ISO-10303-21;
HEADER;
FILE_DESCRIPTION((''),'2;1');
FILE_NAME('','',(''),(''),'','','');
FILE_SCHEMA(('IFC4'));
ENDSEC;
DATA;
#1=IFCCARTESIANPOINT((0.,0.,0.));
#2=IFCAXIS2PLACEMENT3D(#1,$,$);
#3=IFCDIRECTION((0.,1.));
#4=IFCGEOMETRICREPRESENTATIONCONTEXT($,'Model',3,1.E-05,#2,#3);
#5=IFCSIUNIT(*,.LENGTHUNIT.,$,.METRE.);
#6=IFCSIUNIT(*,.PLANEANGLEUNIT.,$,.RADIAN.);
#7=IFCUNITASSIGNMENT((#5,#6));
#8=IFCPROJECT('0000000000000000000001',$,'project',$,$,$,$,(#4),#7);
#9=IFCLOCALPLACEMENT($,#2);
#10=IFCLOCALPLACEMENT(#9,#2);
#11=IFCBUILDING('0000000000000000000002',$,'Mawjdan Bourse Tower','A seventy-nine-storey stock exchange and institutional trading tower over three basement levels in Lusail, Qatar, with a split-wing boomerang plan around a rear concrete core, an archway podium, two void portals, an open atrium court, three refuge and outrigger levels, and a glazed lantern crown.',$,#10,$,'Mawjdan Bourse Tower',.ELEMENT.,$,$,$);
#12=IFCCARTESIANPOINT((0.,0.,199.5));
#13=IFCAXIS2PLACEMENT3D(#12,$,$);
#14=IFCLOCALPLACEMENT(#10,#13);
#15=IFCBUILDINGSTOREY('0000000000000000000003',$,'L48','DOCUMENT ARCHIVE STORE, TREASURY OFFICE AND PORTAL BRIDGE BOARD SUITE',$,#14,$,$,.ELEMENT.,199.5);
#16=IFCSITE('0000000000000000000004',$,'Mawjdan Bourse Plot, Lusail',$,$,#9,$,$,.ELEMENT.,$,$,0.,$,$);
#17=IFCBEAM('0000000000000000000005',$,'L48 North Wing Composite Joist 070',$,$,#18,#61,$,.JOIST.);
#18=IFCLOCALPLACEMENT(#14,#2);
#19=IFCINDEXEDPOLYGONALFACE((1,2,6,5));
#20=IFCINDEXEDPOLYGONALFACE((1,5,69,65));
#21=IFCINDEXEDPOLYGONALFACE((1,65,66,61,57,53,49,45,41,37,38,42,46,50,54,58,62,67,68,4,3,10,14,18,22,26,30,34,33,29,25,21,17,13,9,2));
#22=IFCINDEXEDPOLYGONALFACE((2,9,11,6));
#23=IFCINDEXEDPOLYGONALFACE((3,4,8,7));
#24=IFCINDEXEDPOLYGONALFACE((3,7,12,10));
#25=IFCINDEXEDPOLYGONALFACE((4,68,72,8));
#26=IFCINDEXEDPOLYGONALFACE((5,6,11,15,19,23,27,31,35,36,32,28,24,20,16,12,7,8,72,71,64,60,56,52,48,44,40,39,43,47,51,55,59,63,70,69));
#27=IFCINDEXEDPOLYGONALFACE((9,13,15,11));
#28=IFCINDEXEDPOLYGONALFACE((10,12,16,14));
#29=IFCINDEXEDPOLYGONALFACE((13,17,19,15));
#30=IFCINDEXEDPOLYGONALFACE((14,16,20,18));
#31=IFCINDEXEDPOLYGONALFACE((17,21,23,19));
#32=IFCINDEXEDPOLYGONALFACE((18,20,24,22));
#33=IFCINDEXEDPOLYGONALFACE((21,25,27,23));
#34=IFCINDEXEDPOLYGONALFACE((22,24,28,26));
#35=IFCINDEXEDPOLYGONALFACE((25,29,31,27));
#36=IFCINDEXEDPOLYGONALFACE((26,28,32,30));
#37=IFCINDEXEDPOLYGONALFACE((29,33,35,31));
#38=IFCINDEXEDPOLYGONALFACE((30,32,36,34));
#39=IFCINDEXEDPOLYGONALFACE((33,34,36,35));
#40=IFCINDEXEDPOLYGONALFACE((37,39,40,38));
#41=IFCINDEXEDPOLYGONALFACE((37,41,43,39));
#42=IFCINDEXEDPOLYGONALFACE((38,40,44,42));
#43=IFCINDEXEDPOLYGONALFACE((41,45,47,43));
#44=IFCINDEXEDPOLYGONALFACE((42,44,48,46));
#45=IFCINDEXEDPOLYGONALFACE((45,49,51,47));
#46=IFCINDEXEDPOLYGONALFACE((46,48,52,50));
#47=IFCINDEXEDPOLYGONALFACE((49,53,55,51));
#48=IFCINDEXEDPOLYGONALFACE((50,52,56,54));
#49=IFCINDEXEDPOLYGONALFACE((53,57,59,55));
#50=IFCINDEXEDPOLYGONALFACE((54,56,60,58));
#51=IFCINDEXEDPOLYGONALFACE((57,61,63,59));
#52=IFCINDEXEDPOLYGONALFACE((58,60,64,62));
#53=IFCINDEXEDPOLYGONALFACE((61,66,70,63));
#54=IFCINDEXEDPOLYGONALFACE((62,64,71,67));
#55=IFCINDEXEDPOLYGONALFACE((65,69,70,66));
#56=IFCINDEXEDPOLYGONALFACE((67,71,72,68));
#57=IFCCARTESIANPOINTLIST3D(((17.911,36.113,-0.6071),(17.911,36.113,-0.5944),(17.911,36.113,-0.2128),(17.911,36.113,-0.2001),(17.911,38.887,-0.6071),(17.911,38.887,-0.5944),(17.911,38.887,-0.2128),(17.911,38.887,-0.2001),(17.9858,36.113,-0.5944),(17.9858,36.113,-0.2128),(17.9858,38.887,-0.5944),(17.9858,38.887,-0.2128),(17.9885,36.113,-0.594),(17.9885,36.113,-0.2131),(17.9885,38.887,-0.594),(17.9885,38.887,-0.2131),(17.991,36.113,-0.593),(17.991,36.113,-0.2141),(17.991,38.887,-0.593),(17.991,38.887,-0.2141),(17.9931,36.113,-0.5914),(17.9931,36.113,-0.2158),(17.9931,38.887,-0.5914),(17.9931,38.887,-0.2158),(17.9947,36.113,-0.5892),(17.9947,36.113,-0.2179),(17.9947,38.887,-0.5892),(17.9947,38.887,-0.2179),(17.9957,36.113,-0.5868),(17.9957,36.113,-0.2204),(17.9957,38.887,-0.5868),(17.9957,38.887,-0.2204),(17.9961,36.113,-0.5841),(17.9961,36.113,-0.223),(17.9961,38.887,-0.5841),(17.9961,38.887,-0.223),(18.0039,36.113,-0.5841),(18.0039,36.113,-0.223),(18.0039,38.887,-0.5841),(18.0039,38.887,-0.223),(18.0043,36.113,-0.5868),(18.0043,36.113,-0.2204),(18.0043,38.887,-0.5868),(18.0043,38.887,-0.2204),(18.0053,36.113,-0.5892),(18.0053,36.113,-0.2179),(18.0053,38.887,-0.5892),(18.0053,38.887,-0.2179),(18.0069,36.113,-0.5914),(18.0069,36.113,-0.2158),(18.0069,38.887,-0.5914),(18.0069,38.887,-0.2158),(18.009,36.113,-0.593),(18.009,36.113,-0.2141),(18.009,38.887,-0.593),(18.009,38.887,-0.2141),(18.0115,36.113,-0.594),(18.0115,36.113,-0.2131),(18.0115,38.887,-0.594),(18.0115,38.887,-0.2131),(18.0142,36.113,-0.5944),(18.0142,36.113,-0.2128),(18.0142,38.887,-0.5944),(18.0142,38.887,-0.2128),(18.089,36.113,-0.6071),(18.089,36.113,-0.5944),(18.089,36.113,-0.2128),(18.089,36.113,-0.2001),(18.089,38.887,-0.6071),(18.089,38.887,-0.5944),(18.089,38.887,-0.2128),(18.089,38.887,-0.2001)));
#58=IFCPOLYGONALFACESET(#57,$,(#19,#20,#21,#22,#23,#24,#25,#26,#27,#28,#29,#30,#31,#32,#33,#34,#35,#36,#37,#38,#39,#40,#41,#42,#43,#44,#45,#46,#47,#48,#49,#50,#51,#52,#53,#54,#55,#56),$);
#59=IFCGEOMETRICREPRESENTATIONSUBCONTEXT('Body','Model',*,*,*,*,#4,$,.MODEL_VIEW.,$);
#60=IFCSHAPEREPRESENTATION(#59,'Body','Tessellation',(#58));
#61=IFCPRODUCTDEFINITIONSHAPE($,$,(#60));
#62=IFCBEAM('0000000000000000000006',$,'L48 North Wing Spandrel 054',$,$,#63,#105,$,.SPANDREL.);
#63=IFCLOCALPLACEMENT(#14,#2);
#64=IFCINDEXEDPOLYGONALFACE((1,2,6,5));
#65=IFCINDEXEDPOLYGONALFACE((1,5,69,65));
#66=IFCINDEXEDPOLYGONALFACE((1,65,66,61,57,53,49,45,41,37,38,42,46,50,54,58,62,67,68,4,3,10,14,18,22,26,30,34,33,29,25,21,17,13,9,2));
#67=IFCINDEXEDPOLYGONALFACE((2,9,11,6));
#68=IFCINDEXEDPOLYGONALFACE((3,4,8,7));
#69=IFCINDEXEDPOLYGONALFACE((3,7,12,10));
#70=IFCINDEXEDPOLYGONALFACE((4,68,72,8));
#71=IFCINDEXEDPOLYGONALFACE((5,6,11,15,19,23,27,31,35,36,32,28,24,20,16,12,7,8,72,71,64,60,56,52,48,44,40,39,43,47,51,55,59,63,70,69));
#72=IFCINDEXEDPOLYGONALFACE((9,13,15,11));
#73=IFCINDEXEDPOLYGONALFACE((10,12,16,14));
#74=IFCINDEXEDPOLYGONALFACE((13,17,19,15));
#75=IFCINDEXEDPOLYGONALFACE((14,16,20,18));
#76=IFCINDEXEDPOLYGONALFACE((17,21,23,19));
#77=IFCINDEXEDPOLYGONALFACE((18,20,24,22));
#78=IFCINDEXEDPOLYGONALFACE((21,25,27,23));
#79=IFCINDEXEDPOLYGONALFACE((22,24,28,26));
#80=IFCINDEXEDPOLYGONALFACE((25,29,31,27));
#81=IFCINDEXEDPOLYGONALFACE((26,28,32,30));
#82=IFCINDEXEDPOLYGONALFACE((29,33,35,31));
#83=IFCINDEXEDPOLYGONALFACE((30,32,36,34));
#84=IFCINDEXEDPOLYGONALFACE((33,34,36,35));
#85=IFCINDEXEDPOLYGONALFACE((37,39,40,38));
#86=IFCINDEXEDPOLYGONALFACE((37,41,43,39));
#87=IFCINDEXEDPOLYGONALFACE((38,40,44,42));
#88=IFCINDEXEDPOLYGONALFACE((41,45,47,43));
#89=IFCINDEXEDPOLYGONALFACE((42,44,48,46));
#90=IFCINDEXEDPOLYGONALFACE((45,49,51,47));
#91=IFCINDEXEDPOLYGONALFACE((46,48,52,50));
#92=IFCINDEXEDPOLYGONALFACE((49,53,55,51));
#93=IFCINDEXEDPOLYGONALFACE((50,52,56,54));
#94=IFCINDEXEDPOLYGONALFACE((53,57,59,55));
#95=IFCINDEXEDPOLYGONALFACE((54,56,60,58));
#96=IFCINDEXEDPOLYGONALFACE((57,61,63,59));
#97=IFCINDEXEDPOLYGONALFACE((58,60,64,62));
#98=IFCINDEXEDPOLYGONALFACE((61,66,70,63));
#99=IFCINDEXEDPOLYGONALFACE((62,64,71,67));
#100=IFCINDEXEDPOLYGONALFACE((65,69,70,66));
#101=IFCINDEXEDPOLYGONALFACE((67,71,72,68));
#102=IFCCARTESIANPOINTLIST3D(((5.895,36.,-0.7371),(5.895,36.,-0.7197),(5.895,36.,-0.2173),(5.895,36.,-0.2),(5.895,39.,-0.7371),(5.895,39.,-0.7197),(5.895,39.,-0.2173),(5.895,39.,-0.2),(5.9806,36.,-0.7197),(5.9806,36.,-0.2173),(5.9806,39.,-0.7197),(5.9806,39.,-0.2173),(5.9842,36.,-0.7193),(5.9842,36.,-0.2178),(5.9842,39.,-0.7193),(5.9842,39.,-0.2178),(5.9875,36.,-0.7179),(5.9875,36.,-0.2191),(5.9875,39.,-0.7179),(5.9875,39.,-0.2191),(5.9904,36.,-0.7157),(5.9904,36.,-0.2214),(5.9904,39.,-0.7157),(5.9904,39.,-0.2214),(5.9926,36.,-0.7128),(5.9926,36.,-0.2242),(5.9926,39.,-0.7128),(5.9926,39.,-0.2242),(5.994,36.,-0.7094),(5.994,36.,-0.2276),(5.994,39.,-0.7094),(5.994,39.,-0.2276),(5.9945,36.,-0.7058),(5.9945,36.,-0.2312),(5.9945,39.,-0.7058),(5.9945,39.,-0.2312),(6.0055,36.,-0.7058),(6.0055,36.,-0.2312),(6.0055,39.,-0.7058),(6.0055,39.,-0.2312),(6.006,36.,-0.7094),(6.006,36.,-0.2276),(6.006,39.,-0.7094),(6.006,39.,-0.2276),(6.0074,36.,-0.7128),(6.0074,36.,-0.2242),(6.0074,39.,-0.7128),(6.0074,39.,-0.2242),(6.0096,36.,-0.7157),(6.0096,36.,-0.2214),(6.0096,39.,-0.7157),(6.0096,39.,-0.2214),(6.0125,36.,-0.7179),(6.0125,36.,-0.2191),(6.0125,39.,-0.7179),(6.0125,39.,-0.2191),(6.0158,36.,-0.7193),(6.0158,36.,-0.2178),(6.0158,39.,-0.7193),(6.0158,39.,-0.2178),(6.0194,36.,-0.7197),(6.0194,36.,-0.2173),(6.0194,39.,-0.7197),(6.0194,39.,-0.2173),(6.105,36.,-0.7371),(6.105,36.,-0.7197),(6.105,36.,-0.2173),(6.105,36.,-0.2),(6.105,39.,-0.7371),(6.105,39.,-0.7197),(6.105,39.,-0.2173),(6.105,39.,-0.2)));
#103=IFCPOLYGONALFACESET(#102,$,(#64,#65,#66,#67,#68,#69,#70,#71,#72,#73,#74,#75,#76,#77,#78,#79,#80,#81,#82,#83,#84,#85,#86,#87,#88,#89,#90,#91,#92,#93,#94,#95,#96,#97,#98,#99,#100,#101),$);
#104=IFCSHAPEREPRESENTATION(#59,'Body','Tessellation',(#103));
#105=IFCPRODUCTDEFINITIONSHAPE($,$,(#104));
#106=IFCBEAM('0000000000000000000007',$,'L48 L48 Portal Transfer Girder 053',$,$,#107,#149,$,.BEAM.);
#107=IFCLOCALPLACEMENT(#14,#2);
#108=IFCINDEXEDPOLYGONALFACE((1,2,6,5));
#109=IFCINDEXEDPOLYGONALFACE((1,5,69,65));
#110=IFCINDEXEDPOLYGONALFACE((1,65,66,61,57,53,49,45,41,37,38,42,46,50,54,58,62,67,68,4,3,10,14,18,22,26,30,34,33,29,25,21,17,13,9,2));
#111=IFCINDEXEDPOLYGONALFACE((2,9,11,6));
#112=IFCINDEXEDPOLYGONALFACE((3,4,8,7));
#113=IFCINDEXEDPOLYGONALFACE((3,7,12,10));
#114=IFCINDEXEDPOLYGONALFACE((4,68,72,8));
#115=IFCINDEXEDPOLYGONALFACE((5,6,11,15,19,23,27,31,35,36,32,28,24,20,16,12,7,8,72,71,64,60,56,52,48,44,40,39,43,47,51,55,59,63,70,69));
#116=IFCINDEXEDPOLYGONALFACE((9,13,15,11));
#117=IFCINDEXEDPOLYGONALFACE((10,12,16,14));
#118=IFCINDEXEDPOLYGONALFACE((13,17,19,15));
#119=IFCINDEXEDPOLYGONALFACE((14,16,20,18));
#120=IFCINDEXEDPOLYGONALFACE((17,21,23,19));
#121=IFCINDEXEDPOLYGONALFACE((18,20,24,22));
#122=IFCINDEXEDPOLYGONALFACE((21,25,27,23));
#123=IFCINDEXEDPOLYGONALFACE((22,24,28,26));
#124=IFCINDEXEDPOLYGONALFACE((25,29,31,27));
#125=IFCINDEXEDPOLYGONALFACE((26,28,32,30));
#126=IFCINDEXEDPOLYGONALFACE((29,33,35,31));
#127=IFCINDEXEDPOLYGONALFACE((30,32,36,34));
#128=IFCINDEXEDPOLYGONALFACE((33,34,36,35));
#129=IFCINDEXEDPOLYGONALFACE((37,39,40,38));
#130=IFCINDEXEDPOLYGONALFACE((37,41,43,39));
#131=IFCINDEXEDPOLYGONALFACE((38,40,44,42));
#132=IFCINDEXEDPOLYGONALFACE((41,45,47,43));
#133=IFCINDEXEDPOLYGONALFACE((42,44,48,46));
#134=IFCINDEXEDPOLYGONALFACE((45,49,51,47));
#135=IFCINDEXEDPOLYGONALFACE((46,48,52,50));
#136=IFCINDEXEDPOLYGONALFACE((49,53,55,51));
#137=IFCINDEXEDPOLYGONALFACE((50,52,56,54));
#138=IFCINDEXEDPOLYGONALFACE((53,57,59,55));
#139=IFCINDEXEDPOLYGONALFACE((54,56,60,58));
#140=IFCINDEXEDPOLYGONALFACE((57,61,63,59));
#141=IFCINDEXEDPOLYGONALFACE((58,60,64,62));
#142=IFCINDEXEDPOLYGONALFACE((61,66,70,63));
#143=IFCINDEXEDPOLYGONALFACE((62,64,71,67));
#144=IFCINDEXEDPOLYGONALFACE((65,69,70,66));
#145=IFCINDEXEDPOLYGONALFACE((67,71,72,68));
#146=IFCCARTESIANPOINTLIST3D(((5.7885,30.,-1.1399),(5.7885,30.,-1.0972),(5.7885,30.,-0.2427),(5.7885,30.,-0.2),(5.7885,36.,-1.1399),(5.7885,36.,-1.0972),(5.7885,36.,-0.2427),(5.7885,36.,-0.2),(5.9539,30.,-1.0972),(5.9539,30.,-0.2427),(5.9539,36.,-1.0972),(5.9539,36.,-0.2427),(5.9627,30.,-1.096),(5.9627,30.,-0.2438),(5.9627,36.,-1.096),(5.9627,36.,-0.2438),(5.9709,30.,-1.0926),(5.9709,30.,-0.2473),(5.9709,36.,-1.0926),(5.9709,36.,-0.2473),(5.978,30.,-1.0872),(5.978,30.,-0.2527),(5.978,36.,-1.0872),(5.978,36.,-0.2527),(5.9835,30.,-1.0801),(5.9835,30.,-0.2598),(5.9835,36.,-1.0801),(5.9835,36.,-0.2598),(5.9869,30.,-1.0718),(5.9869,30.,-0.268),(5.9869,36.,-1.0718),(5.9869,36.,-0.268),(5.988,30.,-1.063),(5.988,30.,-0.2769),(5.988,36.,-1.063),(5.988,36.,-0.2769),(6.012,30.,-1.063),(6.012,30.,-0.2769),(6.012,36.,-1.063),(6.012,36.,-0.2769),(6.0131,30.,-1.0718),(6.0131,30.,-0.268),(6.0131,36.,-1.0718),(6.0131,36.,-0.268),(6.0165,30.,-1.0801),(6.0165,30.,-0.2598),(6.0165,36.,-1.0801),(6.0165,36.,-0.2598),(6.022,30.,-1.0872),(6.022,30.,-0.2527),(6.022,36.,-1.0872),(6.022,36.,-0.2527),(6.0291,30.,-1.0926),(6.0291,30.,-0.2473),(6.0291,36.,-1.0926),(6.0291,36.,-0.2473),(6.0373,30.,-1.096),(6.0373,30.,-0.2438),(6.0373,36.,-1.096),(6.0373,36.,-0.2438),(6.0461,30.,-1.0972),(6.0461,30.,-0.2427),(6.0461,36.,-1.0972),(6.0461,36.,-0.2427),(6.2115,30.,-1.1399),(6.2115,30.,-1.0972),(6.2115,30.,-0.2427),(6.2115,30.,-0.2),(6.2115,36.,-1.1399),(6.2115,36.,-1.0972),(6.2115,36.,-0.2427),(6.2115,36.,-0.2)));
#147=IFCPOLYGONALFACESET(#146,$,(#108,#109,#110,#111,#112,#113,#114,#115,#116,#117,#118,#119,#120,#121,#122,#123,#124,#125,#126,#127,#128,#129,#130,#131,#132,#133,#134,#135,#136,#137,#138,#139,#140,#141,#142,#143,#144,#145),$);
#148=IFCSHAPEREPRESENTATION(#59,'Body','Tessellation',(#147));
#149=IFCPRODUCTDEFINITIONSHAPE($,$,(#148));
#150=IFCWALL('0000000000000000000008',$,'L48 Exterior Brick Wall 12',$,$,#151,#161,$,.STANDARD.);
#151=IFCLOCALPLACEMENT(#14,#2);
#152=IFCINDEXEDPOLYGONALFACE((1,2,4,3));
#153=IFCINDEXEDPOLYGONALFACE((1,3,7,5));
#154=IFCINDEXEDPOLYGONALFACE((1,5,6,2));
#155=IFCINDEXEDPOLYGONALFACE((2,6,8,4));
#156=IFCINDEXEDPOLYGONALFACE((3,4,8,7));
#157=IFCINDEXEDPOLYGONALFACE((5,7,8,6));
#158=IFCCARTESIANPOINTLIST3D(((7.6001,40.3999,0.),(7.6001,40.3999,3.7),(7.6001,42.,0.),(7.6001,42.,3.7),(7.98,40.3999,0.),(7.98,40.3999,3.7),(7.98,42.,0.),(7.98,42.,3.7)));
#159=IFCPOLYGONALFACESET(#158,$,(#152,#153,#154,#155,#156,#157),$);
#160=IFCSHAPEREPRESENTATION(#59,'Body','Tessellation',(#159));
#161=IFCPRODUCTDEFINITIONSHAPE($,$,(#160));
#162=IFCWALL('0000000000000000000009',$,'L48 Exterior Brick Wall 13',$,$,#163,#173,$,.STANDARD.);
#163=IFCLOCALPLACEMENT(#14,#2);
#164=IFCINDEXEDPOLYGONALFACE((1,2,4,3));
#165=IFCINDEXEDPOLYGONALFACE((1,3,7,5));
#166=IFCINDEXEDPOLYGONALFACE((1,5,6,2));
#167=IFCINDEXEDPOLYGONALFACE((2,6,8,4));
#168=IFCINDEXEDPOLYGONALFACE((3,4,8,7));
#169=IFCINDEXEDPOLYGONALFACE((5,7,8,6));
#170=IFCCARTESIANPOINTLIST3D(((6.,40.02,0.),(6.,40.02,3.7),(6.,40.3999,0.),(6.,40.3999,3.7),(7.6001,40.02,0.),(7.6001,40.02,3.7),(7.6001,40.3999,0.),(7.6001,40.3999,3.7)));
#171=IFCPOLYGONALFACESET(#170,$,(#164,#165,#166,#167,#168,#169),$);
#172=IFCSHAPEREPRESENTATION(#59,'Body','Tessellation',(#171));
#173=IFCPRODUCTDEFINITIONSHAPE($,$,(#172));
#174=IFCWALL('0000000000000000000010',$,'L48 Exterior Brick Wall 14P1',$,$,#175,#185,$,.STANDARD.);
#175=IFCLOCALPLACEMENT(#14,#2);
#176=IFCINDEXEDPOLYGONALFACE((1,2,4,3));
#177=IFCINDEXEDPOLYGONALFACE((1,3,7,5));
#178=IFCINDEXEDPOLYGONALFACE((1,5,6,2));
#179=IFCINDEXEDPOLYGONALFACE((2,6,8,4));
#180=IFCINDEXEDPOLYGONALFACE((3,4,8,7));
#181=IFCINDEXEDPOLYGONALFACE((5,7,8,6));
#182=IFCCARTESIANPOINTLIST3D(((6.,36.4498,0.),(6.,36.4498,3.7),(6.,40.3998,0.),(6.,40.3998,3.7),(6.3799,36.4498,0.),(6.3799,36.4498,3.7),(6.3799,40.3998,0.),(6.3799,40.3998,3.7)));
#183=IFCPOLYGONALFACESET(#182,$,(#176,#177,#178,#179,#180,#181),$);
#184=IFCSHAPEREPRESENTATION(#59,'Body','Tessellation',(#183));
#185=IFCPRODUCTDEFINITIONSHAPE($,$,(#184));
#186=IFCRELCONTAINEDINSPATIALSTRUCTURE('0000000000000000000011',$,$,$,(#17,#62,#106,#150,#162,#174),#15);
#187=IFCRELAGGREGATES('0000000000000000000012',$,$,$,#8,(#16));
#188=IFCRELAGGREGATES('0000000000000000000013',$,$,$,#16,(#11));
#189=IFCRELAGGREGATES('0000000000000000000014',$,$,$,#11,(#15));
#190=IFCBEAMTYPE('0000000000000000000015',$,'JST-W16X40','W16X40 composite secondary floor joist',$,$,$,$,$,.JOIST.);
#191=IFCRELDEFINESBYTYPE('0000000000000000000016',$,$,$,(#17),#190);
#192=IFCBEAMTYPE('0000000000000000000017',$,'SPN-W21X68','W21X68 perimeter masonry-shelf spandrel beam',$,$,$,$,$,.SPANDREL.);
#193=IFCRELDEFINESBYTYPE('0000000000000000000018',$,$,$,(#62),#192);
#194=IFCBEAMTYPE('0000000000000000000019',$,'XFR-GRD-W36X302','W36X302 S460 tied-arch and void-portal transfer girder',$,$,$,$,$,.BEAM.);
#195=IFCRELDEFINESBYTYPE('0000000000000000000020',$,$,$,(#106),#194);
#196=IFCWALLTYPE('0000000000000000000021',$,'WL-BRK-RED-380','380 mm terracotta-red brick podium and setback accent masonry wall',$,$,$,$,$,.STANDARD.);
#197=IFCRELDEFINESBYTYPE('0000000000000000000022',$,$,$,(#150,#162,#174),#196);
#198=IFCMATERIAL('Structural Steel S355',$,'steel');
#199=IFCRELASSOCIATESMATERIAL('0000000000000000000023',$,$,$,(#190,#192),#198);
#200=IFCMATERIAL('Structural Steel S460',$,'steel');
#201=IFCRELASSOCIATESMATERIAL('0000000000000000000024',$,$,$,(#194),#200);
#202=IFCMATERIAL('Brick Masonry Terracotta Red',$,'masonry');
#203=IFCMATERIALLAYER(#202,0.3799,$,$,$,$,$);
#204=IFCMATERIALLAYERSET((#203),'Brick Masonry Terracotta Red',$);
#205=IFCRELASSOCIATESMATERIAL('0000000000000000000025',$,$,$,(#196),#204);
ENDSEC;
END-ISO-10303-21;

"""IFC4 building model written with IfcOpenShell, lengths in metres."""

from ifc_helpers import new_model, si_unit, direction, frame, frame_2d, origin, origin_2d, place, context, subcontext, project, spatial, rectangle, i_section, extrude, material, layer, layer_set, material_profile, profile_set, type_object, element, save


model = new_model("IFC4")

# Units and contexts
model_context = context("Model", 3, precision=1e-05, world=origin(), true_north=direction((0.0, 1.0)))
body_context = subcontext(model_context, "Body", "Model", "MODEL_VIEW")
ifc_project = project(units=[si_unit("LENGTHUNIT", "METRE"), si_unit("PLANEANGLEUNIT", "RADIAN")], contexts=[model_context])

# Site, building, storey
site_placement = place(None, origin())
site = spatial("IfcSite", under=ifc_project, at=site_placement, Name="Mawjdan Bourse Plot, Lusail", CompositionType="ELEMENT", RefElevation=0.0)
building_placement = place(site_placement, origin())
building = spatial("IfcBuilding", under=site, at=building_placement, Name="Mawjdan Bourse Tower", Description="A seventy-nine-storey stock exchange and institutional trading tower over three basement levels in Lusail, Qatar, with a split-wing boomerang plan around a rear concrete core, an archway podium, two void portals, an open atrium court, three refuge and outrigger levels, and a glazed lantern crown.", LongName="Mawjdan Bourse Tower", CompositionType="ELEMENT")
storey_placement = place(building_placement, frame((0.0, 0.0, 199.5)))
storey = spatial("IfcBuildingStorey", under=building, at=storey_placement, Name="L48", Description="DOCUMENT ARCHIVE STORE, TREASURY OFFICE AND PORTAL BRIDGE BOARD SUITE", CompositionType="ELEMENT", Elevation=199.5)

# Shared definitions
ifc_material_1 = material(Name="Structural Steel S460", Category="steel")

# Beams
ifc_material_2 = material(Name="Structural Steel S355", Category="steel")
ifc_material_profile_1 = material_profile(ifc_material_2, i_section(OverallWidth=0.178, OverallDepth=0.407, WebThickness=0.0078, FlangeThickness=0.0127, FilletRadius=0.0103, at=origin_2d()), Name="W16X40")
ifc_profile_set_1 = profile_set([ifc_material_profile_1], Name="Structural Steel S355")
beam_type_1 = type_object("IfcBeamType", Name="JST-W16X40", Description="W16X40 composite secondary floor joist", PredefinedType="JOIST", material=ifc_profile_set_1)
beam_1_placement = place(storey_placement, frame((18.0, 36.113, -0.4036), z_axis=(0.0, 1.0, 0.0), x_axis=(-1.0, 0.0, 0.0)))
element("IfcBeam", 1, at=beam_1_placement, inside=storey, type_object=beam_type_1, Name="L48 North Wing Composite Joist 070", PredefinedType="JOIST", context=body_context, shape_type="SweptSolid", body=[
    extrude(i_section(OverallWidth=0.178, OverallDepth=0.407, WebThickness=0.0078, FlangeThickness=0.0127, FilletRadius=0.0103, at=origin_2d()), origin(), (0.0, 0.0, 1.0), 2.7739),
])
ifc_material_profile_2 = material_profile(ifc_material_2, i_section(OverallWidth=0.21, OverallDepth=0.5371, WebThickness=0.011, FlangeThickness=0.0173, FilletRadius=0.0139, at=origin_2d()), Name="W21X68")
ifc_profile_set_2 = profile_set([ifc_material_profile_2], Name="Structural Steel S355")
beam_type_2 = type_object("IfcBeamType", Name="SPN-W21X68", Description="W21X68 perimeter masonry-shelf spandrel beam", PredefinedType="SPANDREL", material=ifc_profile_set_2)
beam_2_placement = place(storey_placement, frame((6.0, 36.0, -0.4685), z_axis=(0.0, 1.0, 0.0), x_axis=(-1.0, 0.0, 0.0)))
element("IfcBeam", 2, at=beam_2_placement, inside=storey, type_object=beam_type_2, Name="L48 North Wing Spandrel 054", PredefinedType="SPANDREL", context=body_context, shape_type="SweptSolid", body=[
    extrude(i_section(OverallWidth=0.21, OverallDepth=0.5371, WebThickness=0.011, FlangeThickness=0.0173, FilletRadius=0.0139, at=origin_2d()), origin(), (0.0, 0.0, 1.0), 3.0),
])
ifc_material_profile_3 = material_profile(ifc_material_1, i_section(OverallWidth=0.4231, OverallDepth=0.9399, WebThickness=0.0239, FlangeThickness=0.0427, FilletRadius=0.0342, at=origin_2d()), Name="W36X302")
ifc_profile_set_3 = profile_set([ifc_material_profile_3], Name="Structural Steel S460")
beam_type_3 = type_object("IfcBeamType", Name="XFR-GRD-W36X302", Description="W36X302 S460 tied-arch and void-portal transfer girder", PredefinedType="BEAM", material=ifc_profile_set_3)
beam_3_placement = place(storey_placement, frame((6.0, 30.0, -0.6699), z_axis=(0.0, 1.0, 0.0), x_axis=(-1.0, 0.0, 0.0)))
element("IfcBeam", 3, at=beam_3_placement, inside=storey, type_object=beam_type_3, Name="L48 L48 Portal Transfer Girder 053", PredefinedType="BEAM", context=body_context, shape_type="SweptSolid", body=[
    extrude(i_section(OverallWidth=0.4231, OverallDepth=0.9399, WebThickness=0.0239, FlangeThickness=0.0427, FilletRadius=0.0342, at=origin_2d()), origin(), (0.0, 0.0, 1.0), 6.0),
])

# Walls
ifc_material_3 = material(Name="Brick Masonry Terracotta Red", Category="masonry")
ifc_layer_1 = layer(ifc_material_3, 0.3799)
ifc_layer_set_1 = layer_set([ifc_layer_1], Name="Brick Masonry Terracotta Red")
wall_type_1 = type_object("IfcWallType", Name="WL-BRK-RED-380", Description="380 mm terracotta-red brick podium and setback accent masonry wall", PredefinedType="STANDARD", material=ifc_layer_set_1)
for number, where, z_axis, x_axis, name in (
    (4, (7.79, 42.0, 0.0), (0.0, 0.0, 1.0), (0.0, -1.0, 0.0), "L48 Exterior Brick Wall 12"),
    (5, (7.6001, 40.21, 0.0), (0.0, 0.0, 1.0), (-1.0, 0.0, 0.0), "L48 Exterior Brick Wall 13"),
):
    element("IfcWall", number, at=place(storey_placement, frame(where, z_axis=z_axis, x_axis=x_axis)), inside=storey, type_object=wall_type_1, Name=name, PredefinedType="STANDARD", context=body_context, shape_type="SweptSolid", body=[
        extrude(rectangle(XDim=1.6001, YDim=0.3799, at=frame_2d((0.8, 0.0))), origin(), (0.0, 0.0, 1.0), 3.7),
    ])
wall_1_placement = place(storey_placement, frame((6.1899, 40.3999, 0.0), z_axis=(0.0, 0.0, 1.0), x_axis=(0.0, -1.0, 0.0)))
element("IfcWall", 6, at=wall_1_placement, inside=storey, type_object=wall_type_1, Name="L48 Exterior Brick Wall 14P1", PredefinedType="STANDARD", context=body_context, shape_type="SweptSolid", body=[
    extrude(rectangle(XDim=3.95, YDim=0.3799, at=frame_2d((1.9751, 0.0))), origin(), (0.0, 0.0, 1.0), 3.7),
])

save(model, "model.ifc")
